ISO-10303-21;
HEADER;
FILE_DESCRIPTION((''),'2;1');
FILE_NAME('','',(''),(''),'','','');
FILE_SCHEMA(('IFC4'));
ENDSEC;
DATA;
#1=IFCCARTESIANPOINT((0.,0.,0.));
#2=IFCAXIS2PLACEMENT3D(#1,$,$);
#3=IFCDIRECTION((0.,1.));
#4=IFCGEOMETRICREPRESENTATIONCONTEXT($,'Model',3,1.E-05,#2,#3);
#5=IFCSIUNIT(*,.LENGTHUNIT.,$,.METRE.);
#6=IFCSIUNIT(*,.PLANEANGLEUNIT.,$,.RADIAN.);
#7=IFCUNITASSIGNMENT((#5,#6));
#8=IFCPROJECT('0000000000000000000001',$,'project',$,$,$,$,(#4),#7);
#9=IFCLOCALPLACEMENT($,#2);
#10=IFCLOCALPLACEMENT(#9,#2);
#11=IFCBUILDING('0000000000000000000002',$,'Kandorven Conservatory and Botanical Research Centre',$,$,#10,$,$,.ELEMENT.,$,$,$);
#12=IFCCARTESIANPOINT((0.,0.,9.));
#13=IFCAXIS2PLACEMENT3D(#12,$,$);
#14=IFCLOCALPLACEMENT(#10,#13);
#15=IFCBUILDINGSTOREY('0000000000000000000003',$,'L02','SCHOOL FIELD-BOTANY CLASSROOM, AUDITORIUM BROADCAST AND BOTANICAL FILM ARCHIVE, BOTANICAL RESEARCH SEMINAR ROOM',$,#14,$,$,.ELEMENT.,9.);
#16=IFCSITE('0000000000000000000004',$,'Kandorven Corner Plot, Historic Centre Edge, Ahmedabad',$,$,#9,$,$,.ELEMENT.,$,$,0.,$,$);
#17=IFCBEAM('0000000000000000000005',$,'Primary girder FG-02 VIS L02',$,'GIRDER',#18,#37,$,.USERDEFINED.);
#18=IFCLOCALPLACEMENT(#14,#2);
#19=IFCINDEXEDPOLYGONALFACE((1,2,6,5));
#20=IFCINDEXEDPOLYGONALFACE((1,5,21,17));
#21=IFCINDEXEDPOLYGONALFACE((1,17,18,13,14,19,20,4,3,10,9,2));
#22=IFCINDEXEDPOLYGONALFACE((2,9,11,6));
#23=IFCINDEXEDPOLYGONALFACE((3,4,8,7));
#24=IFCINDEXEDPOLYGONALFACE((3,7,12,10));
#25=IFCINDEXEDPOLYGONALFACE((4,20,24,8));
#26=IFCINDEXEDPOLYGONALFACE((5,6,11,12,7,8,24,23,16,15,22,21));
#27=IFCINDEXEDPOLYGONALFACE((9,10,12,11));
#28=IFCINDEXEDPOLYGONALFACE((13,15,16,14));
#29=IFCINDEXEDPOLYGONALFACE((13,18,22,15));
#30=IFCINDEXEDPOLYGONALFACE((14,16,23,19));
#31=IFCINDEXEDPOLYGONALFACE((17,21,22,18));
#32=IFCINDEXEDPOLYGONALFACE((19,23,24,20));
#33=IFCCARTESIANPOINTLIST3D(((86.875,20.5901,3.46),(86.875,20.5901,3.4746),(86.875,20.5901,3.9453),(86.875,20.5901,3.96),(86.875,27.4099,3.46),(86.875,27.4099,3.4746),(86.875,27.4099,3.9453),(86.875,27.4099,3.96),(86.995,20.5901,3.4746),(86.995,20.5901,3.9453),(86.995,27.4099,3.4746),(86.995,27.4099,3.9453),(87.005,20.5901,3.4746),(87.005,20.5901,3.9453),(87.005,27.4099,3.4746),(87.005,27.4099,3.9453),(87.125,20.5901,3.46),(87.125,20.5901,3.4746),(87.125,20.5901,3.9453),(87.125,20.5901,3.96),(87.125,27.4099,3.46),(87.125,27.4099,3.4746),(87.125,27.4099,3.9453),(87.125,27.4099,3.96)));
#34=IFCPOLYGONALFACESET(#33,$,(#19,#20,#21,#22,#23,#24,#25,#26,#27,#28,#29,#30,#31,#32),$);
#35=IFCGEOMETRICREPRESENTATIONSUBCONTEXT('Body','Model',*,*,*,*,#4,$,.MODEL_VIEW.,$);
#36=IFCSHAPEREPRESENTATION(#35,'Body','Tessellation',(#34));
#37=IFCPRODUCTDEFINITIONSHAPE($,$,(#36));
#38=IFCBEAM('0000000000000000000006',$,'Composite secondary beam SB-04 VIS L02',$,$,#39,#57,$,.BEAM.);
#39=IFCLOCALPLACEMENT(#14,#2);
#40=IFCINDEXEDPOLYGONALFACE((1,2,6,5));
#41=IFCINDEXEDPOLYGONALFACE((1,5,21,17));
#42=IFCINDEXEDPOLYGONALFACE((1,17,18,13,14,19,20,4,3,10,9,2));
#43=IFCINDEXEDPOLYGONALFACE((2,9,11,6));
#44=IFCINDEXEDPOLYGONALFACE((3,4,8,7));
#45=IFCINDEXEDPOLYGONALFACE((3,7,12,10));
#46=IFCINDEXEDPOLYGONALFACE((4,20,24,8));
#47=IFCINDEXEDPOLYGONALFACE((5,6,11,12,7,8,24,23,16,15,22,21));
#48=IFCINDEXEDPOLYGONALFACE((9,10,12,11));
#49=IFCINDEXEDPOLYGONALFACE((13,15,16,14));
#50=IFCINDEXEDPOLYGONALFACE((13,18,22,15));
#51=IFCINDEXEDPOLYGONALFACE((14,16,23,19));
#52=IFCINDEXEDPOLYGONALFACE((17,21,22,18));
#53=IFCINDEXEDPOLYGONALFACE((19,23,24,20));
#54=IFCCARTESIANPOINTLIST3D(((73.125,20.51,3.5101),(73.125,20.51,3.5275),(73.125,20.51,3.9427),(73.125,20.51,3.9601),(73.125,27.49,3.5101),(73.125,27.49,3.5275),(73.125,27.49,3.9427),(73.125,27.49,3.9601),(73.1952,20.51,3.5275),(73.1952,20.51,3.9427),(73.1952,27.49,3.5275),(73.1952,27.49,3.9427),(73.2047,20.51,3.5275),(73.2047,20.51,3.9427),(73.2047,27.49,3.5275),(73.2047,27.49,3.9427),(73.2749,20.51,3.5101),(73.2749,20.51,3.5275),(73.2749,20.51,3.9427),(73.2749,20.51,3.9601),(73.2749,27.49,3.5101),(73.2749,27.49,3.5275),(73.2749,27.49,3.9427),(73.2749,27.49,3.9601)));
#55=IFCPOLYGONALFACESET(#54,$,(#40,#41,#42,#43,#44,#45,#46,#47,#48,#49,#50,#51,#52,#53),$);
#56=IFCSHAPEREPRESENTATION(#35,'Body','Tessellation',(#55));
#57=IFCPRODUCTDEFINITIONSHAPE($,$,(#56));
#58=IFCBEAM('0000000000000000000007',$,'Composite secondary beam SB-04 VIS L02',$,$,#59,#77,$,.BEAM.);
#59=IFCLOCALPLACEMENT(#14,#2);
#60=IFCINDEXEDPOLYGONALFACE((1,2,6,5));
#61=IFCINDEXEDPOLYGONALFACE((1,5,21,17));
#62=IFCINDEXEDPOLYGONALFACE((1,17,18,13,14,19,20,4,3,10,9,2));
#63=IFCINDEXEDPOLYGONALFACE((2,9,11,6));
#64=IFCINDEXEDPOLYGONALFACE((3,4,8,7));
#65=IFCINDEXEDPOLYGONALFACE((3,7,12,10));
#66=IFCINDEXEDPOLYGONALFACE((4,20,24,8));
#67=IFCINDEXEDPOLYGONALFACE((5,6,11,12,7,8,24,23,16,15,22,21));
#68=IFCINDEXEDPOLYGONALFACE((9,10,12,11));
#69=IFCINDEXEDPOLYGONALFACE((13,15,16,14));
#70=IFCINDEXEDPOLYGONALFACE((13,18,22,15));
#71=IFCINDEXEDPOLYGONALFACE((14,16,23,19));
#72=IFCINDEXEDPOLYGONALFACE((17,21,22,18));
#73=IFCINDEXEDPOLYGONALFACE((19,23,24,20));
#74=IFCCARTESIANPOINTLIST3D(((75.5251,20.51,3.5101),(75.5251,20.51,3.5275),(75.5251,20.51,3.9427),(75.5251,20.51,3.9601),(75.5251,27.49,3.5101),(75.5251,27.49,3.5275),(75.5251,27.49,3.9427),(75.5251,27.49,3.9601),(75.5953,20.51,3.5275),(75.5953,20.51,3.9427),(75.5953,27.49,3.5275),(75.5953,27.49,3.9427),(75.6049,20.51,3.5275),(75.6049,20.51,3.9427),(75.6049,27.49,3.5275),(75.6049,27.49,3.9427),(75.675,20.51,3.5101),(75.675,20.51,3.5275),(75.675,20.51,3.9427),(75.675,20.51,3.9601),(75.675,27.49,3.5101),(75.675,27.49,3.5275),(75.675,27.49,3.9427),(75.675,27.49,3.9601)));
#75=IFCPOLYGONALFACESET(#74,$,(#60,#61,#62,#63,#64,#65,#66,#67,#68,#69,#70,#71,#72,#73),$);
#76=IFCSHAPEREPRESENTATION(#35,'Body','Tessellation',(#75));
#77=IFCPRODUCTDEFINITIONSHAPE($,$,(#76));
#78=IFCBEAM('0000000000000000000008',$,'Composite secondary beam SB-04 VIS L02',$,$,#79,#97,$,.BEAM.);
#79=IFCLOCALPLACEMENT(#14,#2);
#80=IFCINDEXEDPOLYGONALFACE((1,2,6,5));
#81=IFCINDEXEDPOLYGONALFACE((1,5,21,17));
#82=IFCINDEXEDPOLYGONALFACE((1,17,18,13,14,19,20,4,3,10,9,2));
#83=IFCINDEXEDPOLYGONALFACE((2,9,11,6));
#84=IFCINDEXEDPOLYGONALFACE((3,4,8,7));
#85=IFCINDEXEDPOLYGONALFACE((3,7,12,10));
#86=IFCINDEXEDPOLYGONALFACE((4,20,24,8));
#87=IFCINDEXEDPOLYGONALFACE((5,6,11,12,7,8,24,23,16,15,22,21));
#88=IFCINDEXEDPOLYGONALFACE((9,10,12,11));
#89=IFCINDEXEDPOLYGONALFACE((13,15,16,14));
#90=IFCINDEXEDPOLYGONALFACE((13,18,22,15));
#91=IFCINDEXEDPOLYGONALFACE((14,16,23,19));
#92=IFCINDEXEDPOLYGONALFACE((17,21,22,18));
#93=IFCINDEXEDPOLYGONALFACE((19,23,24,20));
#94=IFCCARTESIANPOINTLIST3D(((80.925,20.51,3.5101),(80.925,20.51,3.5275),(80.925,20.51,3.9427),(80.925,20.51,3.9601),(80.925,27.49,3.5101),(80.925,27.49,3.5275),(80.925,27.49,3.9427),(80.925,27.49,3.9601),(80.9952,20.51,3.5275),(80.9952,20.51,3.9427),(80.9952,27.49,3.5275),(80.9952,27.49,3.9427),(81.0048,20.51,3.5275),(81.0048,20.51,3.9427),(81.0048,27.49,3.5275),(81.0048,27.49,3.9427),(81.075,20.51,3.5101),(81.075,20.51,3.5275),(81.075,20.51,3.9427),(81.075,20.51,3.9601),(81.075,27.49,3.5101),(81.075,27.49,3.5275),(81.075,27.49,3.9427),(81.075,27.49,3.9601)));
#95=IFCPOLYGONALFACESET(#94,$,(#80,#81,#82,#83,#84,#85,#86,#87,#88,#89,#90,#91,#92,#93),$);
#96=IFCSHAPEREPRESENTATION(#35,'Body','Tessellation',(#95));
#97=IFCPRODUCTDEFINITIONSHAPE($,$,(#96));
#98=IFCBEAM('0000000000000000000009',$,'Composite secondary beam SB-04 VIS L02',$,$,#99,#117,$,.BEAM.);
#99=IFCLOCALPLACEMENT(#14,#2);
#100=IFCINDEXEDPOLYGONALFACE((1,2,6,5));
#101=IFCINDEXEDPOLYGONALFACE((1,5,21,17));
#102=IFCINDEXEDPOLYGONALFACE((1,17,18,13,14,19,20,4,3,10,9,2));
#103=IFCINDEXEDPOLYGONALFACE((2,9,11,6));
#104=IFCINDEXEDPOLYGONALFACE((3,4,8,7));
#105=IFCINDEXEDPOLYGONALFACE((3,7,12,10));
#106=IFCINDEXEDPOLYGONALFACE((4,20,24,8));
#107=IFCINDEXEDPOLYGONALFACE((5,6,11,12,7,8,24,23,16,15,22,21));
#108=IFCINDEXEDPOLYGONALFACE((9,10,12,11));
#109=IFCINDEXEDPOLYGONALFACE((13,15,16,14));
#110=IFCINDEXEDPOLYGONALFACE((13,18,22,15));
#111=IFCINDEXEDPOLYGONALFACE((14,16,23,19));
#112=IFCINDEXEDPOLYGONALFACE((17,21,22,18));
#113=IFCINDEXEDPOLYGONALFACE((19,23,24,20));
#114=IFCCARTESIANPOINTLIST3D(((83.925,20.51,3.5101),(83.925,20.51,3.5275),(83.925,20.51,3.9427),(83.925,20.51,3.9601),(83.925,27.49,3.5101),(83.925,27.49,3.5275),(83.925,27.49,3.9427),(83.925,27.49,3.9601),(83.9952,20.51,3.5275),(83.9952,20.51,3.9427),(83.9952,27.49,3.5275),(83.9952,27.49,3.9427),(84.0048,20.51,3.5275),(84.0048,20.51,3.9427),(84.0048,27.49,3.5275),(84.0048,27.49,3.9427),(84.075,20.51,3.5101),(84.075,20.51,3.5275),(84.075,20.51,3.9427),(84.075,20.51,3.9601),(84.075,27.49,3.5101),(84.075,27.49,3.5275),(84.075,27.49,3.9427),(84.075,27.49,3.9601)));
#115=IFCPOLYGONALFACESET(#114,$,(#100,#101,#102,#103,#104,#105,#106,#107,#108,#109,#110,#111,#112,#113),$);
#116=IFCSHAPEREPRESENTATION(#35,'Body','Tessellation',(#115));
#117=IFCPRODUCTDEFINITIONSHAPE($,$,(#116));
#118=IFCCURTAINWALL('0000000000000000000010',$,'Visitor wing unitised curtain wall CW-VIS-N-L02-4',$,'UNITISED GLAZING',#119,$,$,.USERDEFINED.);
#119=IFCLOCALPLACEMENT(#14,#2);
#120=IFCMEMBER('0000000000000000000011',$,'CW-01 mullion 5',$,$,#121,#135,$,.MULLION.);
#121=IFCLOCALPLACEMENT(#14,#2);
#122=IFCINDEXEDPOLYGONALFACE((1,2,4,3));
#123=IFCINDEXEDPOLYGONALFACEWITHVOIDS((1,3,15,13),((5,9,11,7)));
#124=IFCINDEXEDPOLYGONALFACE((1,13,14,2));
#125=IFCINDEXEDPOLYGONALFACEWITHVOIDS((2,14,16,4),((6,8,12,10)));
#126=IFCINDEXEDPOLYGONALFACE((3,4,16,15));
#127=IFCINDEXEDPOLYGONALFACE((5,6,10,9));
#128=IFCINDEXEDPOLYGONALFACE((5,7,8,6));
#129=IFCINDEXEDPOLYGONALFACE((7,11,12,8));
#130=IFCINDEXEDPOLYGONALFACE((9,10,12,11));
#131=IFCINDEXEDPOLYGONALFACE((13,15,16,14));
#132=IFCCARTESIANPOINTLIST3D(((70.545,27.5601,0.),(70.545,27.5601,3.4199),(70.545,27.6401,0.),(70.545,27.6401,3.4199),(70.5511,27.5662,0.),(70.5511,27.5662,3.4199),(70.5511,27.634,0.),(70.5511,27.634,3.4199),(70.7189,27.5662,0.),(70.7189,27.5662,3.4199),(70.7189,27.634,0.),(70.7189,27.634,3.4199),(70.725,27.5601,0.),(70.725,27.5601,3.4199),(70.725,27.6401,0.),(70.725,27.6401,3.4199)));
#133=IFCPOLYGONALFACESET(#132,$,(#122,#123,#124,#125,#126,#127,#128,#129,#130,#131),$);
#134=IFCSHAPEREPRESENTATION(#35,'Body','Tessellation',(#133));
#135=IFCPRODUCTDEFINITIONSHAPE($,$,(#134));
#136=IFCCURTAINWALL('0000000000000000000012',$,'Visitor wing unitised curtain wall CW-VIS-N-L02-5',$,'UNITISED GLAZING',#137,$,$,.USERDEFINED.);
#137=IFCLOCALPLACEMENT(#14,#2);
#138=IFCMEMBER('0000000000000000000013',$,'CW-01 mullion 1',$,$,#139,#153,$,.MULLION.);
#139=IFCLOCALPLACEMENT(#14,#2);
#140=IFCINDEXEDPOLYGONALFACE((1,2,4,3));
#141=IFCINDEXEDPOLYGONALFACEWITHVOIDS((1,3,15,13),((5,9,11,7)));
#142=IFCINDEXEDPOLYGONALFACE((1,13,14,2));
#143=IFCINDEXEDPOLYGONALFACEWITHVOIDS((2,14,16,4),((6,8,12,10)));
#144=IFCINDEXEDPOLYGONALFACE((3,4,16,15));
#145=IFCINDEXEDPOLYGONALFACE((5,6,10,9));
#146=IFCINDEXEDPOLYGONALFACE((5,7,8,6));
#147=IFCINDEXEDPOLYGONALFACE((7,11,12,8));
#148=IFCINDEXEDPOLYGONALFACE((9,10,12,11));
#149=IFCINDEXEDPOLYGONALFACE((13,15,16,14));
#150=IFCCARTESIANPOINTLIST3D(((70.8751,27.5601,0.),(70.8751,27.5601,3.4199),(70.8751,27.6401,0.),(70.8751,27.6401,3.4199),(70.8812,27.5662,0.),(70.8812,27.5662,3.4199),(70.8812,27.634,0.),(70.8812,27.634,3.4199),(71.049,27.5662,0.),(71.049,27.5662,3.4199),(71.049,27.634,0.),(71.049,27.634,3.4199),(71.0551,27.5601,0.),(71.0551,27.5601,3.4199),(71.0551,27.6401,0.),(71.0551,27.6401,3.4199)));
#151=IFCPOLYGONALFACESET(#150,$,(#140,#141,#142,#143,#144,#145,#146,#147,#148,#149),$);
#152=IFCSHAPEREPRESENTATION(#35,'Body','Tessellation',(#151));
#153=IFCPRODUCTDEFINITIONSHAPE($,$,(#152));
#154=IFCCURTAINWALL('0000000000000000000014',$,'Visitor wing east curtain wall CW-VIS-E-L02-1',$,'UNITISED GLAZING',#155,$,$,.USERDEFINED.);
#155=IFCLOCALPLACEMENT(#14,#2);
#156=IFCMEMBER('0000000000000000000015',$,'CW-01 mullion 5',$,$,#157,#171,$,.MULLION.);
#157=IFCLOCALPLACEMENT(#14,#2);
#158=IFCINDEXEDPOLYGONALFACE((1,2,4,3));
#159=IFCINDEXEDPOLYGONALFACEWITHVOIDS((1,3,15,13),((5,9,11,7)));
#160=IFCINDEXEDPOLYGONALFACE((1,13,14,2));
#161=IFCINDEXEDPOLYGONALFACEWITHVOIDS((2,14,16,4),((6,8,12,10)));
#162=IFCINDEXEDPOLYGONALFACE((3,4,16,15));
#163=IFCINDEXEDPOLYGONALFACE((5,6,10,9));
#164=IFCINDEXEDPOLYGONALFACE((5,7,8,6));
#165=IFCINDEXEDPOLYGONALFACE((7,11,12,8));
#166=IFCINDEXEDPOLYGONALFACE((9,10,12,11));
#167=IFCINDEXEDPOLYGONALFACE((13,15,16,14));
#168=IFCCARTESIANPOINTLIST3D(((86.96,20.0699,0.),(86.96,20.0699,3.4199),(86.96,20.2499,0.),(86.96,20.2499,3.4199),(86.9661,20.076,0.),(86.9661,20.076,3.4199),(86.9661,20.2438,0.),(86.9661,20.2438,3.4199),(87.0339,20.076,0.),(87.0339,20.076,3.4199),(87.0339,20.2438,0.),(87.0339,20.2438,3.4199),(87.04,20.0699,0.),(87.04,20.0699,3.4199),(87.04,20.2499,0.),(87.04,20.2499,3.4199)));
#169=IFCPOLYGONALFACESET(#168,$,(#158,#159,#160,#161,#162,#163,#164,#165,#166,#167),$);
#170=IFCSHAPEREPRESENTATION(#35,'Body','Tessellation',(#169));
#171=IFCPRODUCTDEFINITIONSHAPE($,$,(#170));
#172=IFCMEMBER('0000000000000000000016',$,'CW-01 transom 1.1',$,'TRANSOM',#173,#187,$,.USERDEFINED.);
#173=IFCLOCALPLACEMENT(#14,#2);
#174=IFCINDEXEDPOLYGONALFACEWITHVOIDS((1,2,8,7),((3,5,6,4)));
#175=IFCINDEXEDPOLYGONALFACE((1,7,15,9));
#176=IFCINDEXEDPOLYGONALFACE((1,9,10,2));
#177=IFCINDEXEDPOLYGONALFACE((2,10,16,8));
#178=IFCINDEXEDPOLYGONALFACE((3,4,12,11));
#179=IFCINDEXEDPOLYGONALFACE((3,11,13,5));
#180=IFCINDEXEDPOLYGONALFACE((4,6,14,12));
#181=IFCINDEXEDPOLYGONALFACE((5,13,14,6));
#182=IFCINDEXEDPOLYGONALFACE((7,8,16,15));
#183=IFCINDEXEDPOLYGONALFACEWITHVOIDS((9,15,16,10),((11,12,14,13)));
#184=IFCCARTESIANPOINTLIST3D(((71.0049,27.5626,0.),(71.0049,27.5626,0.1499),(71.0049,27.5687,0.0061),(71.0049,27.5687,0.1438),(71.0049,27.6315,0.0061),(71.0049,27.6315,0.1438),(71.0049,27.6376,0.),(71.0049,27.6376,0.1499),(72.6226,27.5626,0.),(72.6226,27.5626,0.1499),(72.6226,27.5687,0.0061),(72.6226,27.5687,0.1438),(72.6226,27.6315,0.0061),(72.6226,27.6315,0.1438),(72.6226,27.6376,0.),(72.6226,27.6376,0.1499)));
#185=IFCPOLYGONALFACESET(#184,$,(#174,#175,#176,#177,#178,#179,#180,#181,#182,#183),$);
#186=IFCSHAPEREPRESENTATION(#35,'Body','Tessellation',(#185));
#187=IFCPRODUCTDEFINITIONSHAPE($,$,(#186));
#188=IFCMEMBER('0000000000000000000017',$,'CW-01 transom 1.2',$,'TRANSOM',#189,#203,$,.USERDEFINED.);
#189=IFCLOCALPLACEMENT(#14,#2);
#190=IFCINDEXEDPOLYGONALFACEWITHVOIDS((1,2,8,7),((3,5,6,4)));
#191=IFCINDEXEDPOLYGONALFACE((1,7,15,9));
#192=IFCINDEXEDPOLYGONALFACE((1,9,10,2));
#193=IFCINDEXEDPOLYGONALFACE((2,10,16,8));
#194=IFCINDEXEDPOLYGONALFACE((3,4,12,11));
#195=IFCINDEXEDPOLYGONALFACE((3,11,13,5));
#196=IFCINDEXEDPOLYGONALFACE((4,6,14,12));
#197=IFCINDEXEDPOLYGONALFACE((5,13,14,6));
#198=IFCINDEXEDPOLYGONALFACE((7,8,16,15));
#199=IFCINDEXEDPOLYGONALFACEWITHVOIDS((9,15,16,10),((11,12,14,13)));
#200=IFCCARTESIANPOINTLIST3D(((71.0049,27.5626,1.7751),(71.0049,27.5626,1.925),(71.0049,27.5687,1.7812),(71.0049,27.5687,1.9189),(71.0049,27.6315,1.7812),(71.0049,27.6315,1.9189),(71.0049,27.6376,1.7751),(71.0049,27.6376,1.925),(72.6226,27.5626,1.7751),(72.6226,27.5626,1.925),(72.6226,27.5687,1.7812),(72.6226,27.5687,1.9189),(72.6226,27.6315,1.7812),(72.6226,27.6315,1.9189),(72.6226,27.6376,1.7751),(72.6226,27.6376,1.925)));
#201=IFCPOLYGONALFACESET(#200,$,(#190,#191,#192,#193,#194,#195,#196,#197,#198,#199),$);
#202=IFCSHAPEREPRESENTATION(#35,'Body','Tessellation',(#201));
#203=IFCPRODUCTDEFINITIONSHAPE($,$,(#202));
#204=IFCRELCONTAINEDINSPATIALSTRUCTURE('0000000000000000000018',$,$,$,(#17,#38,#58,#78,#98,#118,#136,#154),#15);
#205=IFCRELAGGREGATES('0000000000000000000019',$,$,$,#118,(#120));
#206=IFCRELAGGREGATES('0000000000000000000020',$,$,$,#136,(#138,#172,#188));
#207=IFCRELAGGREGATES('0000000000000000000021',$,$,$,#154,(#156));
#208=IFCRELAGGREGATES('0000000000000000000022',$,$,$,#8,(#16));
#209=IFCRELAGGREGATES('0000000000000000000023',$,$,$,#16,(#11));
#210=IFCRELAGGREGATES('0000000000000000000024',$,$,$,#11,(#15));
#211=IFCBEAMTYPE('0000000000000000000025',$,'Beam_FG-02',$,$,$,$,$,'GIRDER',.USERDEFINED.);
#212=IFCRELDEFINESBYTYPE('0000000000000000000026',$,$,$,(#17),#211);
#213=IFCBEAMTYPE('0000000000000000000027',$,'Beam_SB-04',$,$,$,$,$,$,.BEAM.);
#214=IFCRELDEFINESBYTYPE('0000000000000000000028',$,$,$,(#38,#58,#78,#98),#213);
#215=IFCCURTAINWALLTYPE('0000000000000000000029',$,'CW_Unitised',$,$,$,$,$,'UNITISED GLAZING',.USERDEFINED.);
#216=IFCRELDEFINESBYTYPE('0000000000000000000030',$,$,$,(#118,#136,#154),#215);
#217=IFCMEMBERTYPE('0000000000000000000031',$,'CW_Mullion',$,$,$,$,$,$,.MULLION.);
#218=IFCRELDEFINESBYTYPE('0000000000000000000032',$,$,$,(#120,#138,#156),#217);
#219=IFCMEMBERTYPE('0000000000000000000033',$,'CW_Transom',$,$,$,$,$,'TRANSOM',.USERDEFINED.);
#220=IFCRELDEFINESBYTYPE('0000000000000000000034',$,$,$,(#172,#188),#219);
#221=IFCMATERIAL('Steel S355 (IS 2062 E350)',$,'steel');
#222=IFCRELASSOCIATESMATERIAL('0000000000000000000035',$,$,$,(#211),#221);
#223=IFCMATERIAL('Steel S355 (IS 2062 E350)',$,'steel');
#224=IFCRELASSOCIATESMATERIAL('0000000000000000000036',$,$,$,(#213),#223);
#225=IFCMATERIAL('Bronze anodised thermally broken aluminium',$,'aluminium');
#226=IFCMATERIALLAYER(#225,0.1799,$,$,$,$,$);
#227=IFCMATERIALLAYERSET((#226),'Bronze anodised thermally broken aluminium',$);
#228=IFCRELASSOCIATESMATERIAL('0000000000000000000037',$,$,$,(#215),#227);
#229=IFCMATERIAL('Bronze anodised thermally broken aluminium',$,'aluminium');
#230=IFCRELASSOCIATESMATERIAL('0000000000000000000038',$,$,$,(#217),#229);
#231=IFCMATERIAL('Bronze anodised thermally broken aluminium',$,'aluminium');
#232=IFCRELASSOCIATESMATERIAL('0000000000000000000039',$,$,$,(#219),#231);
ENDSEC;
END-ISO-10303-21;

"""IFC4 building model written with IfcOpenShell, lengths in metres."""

from ifc_helpers import new_model, si_unit, direction, frame, origin, origin_2d, place, context, subcontext, project, spatial, hollow_rectangle, i_section, extrude, material, layer, layer_set, material_profile, profile_set, type_object, element, aggregate, save


model = new_model("IFC4")

# Units and contexts
model_context = context("Model", 3, precision=1e-05, world=origin(), true_north=direction((0.0, 1.0)))
body_context = subcontext(model_context, "Body", "Model", "MODEL_VIEW")
ifc_project = project(units=[si_unit("LENGTHUNIT", "METRE"), si_unit("PLANEANGLEUNIT", "RADIAN")], contexts=[model_context])

# Site, building, storey
site_placement = place(None, origin())
site = spatial("IfcSite", under=ifc_project, at=site_placement, Name="Kandorven Corner Plot, Historic Centre Edge, Ahmedabad", CompositionType="ELEMENT", RefElevation=0.0)
building_placement = place(site_placement, origin())
building = spatial("IfcBuilding", under=site, at=building_placement, Name="Kandorven Conservatory and Botanical Research Centre", CompositionType="ELEMENT")
storey_placement = place(building_placement, frame((0.0, 0.0, 9.0)))
storey = spatial("IfcBuildingStorey", under=building, at=storey_placement, Name="L02", Description="SCHOOL FIELD-BOTANY CLASSROOM, AUDITORIUM BROADCAST AND BOTANICAL FILM ARCHIVE, BOTANICAL RESEARCH SEMINAR ROOM", CompositionType="ELEMENT", Elevation=9.0)

# Beams
ifc_material_1 = material(Name="Steel S355 (IS 2062 E350)", Category="steel")
ifc_material_profile_1 = material_profile(ifc_material_1, i_section(OverallWidth=0.25, OverallDepth=0.5, WebThickness=0.01, FlangeThickness=0.0146, at=origin_2d()))
ifc_profile_set_1 = profile_set([ifc_material_profile_1], Name="Steel S355 (IS 2062 E350)")
beam_type_1 = type_object("IfcBeamType", Name="Beam_FG-02", ElementType="GIRDER", PredefinedType="USERDEFINED", material=ifc_profile_set_1)
for number, where, z_axis, x_axis, name in (
    (1, (87.0, 20.5901, 3.71), (0.0, 1.0, 0.0), (-1.0, 0.0, 0.0), "Primary girder FG-02 VIS L02"),
):
    element("IfcBeam", number, at=place(storey_placement, frame(where, z_axis=z_axis, x_axis=x_axis)), inside=storey, type_object=beam_type_1, Name=name, ObjectType="GIRDER", PredefinedType="USERDEFINED", context=body_context, shape_type="SweptSolid", body=[
        extrude(i_section(OverallWidth=0.25, OverallDepth=0.5, WebThickness=0.01, FlangeThickness=0.0146, at=origin_2d()), origin(), (0.0, 0.0, 1.0), 6.8198),
    ])
ifc_material_2 = material(Name="Steel S355 (IS 2062 E350)", Category="steel")
ifc_material_profile_2 = material_profile(ifc_material_2, i_section(OverallWidth=0.1499, OverallDepth=0.45, WebThickness=0.0095, FlangeThickness=0.0173, at=origin_2d()))
ifc_profile_set_2 = profile_set([ifc_material_profile_2], Name="Steel S355 (IS 2062 E350)")
beam_type_2 = type_object("IfcBeamType", Name="Beam_SB-04", PredefinedType="BEAM", material=ifc_profile_set_2)
for number, where, z_axis, x_axis, name in (
    (2, (73.2, 20.51, 3.7351), (0.0, 1.0, 0.0), (-1.0, 0.0, 0.0), "Composite secondary beam SB-04 VIS L02"),
    (3, (75.6001, 20.51, 3.7351), (0.0, 1.0, 0.0), (-1.0, 0.0, 0.0), "Composite secondary beam SB-04 VIS L02"),
    (4, (81.0, 20.51, 3.7351), (0.0, 1.0, 0.0), (-1.0, 0.0, 0.0), "Composite secondary beam SB-04 VIS L02"),
    (5, (84.0, 20.51, 3.7351), (0.0, 1.0, 0.0), (-1.0, 0.0, 0.0), "Composite secondary beam SB-04 VIS L02"),
):
    element("IfcBeam", number, at=place(storey_placement, frame(where, z_axis=z_axis, x_axis=x_axis)), inside=storey, type_object=beam_type_2, Name=name, PredefinedType="BEAM", context=body_context, shape_type="SweptSolid", body=[
        extrude(i_section(OverallWidth=0.1499, OverallDepth=0.45, WebThickness=0.0095, FlangeThickness=0.0173, at=origin_2d()), origin(), (0.0, 0.0, 1.0), 6.98),
    ])

# Curtain walls, members
ifc_material_3 = material(Name="Bronze anodised thermally broken aluminium", Category="aluminium")
ifc_layer_1 = layer(ifc_material_3, 0.1799)
ifc_layer_set_1 = layer_set([ifc_layer_1], Name="Bronze anodised thermally broken aluminium")
curtain_wall_type = type_object("IfcCurtainWallType", Name="CW_Unitised", ElementType="UNITISED GLAZING", PredefinedType="USERDEFINED", material=ifc_layer_set_1)
curtain_wall_1_placement = place(storey_placement, origin())
curtain_wall_1 = element("IfcCurtainWall", 6, at=curtain_wall_1_placement, inside=storey, type_object=curtain_wall_type, Name="Visitor wing unitised curtain wall CW-VIS-N-L02-4", ObjectType="UNITISED GLAZING", PredefinedType="USERDEFINED")
ifc_material_4 = material(Name="Bronze anodised thermally broken aluminium", Category="aluminium")
ifc_material_profile_3 = material_profile(ifc_material_4, hollow_rectangle(XDim=0.0801, YDim=0.1799, WallThickness=0.0061, at=origin_2d()))
ifc_profile_set_3 = profile_set([ifc_material_profile_3], Name="Bronze anodised thermally broken aluminium")
member_type_1 = type_object("IfcMemberType", Name="CW_Mullion", PredefinedType="MULLION", material=ifc_profile_set_3)
member_1_placement = place(storey_placement, frame((70.635, 27.6001, 0.0), z_axis=(0.0, 0.0, 1.0), x_axis=(0.0, 1.0, 0.0)))
member_1 = element("IfcMember", 7, at=member_1_placement, type_object=member_type_1, Name="CW-01 mullion 5", PredefinedType="MULLION", context=body_context, shape_type="SweptSolid", body=[
    extrude(hollow_rectangle(XDim=0.0801, YDim=0.1799, WallThickness=0.0061, at=origin_2d()), origin(), (0.0, 0.0, 1.0), 3.4199),
])
aggregate(curtain_wall_1, [member_1])
curtain_wall_2_placement = place(storey_placement, origin())
curtain_wall_2 = element("IfcCurtainWall", 8, at=curtain_wall_2_placement, inside=storey, type_object=curtain_wall_type, Name="Visitor wing unitised curtain wall CW-VIS-N-L02-5", ObjectType="UNITISED GLAZING", PredefinedType="USERDEFINED")
member_2_placement = place(storey_placement, frame((70.9651, 27.6001, 0.0), z_axis=(0.0, 0.0, 1.0), x_axis=(0.0, 1.0, 0.0)))
member_2 = element("IfcMember", 9, at=member_2_placement, type_object=member_type_1, Name="CW-01 mullion 1", PredefinedType="MULLION", context=body_context, shape_type="SweptSolid", body=[
    extrude(hollow_rectangle(XDim=0.0801, YDim=0.1799, WallThickness=0.0061, at=origin_2d()), origin(), (0.0, 0.0, 1.0), 3.4199),
])
curtain_wall_3_placement = place(storey_placement, origin())
curtain_wall_3 = element("IfcCurtainWall", 10, at=curtain_wall_3_placement, inside=storey, type_object=curtain_wall_type, Name="Visitor wing east curtain wall CW-VIS-E-L02-1", ObjectType="UNITISED GLAZING", PredefinedType="USERDEFINED")
member_3_placement = place(storey_placement, frame((87.0, 20.1599, 0.0), z_axis=(0.0, 0.0, 1.0), x_axis=(-1.0, 0.0, 0.0)))
member_3 = element("IfcMember", 11, at=member_3_placement, type_object=member_type_1, Name="CW-01 mullion 5", PredefinedType="MULLION", context=body_context, shape_type="SweptSolid", body=[
    extrude(hollow_rectangle(XDim=0.0801, YDim=0.1799, WallThickness=0.0061, at=origin_2d()), origin(), (0.0, 0.0, 1.0), 3.4199),
])

# Members
ifc_material_5 = material(Name="Bronze anodised thermally broken aluminium", Category="aluminium")
ifc_material_profile_4 = material_profile(ifc_material_5, hollow_rectangle(XDim=0.075, YDim=0.1499, WallThickness=0.0061, at=origin_2d()))
ifc_profile_set_4 = profile_set([ifc_material_profile_4], Name="Bronze anodised thermally broken aluminium")
member_type_2 = type_object("IfcMemberType", Name="CW_Transom", ElementType="TRANSOM", PredefinedType="USERDEFINED", material=ifc_profile_set_4)
member_4_placement = place(storey_placement, frame((71.0049, 27.6001, 0.075), z_axis=(1.0, 0.0, 0.0), x_axis=(0.0, 1.0, 0.0)))
member_4 = element("IfcMember", 12, at=member_4_placement, type_object=member_type_2, Name="CW-01 transom 1.1", ObjectType="TRANSOM", PredefinedType="USERDEFINED", context=body_context, shape_type="SweptSolid", body=[
    extrude(hollow_rectangle(XDim=0.075, YDim=0.1499, WallThickness=0.0061, at=origin_2d()), origin(), (0.0, 0.0, 1.0), 1.6177),
])
member_5_placement = place(storey_placement, frame((71.0049, 27.6001, 1.8501), z_axis=(1.0, 0.0, 0.0), x_axis=(0.0, 1.0, 0.0)))
member_5 = element("IfcMember", 13, at=member_5_placement, type_object=member_type_2, Name="CW-01 transom 1.2", ObjectType="TRANSOM", PredefinedType="USERDEFINED", context=body_context, shape_type="SweptSolid", body=[
    extrude(hollow_rectangle(XDim=0.075, YDim=0.1499, WallThickness=0.0061, at=origin_2d()), origin(), (0.0, 0.0, 1.0), 1.6177),
])

aggregate(curtain_wall_2, [member_2, member_4, member_5])
aggregate(curtain_wall_3, [member_3])

save(model, "model.ifc")
